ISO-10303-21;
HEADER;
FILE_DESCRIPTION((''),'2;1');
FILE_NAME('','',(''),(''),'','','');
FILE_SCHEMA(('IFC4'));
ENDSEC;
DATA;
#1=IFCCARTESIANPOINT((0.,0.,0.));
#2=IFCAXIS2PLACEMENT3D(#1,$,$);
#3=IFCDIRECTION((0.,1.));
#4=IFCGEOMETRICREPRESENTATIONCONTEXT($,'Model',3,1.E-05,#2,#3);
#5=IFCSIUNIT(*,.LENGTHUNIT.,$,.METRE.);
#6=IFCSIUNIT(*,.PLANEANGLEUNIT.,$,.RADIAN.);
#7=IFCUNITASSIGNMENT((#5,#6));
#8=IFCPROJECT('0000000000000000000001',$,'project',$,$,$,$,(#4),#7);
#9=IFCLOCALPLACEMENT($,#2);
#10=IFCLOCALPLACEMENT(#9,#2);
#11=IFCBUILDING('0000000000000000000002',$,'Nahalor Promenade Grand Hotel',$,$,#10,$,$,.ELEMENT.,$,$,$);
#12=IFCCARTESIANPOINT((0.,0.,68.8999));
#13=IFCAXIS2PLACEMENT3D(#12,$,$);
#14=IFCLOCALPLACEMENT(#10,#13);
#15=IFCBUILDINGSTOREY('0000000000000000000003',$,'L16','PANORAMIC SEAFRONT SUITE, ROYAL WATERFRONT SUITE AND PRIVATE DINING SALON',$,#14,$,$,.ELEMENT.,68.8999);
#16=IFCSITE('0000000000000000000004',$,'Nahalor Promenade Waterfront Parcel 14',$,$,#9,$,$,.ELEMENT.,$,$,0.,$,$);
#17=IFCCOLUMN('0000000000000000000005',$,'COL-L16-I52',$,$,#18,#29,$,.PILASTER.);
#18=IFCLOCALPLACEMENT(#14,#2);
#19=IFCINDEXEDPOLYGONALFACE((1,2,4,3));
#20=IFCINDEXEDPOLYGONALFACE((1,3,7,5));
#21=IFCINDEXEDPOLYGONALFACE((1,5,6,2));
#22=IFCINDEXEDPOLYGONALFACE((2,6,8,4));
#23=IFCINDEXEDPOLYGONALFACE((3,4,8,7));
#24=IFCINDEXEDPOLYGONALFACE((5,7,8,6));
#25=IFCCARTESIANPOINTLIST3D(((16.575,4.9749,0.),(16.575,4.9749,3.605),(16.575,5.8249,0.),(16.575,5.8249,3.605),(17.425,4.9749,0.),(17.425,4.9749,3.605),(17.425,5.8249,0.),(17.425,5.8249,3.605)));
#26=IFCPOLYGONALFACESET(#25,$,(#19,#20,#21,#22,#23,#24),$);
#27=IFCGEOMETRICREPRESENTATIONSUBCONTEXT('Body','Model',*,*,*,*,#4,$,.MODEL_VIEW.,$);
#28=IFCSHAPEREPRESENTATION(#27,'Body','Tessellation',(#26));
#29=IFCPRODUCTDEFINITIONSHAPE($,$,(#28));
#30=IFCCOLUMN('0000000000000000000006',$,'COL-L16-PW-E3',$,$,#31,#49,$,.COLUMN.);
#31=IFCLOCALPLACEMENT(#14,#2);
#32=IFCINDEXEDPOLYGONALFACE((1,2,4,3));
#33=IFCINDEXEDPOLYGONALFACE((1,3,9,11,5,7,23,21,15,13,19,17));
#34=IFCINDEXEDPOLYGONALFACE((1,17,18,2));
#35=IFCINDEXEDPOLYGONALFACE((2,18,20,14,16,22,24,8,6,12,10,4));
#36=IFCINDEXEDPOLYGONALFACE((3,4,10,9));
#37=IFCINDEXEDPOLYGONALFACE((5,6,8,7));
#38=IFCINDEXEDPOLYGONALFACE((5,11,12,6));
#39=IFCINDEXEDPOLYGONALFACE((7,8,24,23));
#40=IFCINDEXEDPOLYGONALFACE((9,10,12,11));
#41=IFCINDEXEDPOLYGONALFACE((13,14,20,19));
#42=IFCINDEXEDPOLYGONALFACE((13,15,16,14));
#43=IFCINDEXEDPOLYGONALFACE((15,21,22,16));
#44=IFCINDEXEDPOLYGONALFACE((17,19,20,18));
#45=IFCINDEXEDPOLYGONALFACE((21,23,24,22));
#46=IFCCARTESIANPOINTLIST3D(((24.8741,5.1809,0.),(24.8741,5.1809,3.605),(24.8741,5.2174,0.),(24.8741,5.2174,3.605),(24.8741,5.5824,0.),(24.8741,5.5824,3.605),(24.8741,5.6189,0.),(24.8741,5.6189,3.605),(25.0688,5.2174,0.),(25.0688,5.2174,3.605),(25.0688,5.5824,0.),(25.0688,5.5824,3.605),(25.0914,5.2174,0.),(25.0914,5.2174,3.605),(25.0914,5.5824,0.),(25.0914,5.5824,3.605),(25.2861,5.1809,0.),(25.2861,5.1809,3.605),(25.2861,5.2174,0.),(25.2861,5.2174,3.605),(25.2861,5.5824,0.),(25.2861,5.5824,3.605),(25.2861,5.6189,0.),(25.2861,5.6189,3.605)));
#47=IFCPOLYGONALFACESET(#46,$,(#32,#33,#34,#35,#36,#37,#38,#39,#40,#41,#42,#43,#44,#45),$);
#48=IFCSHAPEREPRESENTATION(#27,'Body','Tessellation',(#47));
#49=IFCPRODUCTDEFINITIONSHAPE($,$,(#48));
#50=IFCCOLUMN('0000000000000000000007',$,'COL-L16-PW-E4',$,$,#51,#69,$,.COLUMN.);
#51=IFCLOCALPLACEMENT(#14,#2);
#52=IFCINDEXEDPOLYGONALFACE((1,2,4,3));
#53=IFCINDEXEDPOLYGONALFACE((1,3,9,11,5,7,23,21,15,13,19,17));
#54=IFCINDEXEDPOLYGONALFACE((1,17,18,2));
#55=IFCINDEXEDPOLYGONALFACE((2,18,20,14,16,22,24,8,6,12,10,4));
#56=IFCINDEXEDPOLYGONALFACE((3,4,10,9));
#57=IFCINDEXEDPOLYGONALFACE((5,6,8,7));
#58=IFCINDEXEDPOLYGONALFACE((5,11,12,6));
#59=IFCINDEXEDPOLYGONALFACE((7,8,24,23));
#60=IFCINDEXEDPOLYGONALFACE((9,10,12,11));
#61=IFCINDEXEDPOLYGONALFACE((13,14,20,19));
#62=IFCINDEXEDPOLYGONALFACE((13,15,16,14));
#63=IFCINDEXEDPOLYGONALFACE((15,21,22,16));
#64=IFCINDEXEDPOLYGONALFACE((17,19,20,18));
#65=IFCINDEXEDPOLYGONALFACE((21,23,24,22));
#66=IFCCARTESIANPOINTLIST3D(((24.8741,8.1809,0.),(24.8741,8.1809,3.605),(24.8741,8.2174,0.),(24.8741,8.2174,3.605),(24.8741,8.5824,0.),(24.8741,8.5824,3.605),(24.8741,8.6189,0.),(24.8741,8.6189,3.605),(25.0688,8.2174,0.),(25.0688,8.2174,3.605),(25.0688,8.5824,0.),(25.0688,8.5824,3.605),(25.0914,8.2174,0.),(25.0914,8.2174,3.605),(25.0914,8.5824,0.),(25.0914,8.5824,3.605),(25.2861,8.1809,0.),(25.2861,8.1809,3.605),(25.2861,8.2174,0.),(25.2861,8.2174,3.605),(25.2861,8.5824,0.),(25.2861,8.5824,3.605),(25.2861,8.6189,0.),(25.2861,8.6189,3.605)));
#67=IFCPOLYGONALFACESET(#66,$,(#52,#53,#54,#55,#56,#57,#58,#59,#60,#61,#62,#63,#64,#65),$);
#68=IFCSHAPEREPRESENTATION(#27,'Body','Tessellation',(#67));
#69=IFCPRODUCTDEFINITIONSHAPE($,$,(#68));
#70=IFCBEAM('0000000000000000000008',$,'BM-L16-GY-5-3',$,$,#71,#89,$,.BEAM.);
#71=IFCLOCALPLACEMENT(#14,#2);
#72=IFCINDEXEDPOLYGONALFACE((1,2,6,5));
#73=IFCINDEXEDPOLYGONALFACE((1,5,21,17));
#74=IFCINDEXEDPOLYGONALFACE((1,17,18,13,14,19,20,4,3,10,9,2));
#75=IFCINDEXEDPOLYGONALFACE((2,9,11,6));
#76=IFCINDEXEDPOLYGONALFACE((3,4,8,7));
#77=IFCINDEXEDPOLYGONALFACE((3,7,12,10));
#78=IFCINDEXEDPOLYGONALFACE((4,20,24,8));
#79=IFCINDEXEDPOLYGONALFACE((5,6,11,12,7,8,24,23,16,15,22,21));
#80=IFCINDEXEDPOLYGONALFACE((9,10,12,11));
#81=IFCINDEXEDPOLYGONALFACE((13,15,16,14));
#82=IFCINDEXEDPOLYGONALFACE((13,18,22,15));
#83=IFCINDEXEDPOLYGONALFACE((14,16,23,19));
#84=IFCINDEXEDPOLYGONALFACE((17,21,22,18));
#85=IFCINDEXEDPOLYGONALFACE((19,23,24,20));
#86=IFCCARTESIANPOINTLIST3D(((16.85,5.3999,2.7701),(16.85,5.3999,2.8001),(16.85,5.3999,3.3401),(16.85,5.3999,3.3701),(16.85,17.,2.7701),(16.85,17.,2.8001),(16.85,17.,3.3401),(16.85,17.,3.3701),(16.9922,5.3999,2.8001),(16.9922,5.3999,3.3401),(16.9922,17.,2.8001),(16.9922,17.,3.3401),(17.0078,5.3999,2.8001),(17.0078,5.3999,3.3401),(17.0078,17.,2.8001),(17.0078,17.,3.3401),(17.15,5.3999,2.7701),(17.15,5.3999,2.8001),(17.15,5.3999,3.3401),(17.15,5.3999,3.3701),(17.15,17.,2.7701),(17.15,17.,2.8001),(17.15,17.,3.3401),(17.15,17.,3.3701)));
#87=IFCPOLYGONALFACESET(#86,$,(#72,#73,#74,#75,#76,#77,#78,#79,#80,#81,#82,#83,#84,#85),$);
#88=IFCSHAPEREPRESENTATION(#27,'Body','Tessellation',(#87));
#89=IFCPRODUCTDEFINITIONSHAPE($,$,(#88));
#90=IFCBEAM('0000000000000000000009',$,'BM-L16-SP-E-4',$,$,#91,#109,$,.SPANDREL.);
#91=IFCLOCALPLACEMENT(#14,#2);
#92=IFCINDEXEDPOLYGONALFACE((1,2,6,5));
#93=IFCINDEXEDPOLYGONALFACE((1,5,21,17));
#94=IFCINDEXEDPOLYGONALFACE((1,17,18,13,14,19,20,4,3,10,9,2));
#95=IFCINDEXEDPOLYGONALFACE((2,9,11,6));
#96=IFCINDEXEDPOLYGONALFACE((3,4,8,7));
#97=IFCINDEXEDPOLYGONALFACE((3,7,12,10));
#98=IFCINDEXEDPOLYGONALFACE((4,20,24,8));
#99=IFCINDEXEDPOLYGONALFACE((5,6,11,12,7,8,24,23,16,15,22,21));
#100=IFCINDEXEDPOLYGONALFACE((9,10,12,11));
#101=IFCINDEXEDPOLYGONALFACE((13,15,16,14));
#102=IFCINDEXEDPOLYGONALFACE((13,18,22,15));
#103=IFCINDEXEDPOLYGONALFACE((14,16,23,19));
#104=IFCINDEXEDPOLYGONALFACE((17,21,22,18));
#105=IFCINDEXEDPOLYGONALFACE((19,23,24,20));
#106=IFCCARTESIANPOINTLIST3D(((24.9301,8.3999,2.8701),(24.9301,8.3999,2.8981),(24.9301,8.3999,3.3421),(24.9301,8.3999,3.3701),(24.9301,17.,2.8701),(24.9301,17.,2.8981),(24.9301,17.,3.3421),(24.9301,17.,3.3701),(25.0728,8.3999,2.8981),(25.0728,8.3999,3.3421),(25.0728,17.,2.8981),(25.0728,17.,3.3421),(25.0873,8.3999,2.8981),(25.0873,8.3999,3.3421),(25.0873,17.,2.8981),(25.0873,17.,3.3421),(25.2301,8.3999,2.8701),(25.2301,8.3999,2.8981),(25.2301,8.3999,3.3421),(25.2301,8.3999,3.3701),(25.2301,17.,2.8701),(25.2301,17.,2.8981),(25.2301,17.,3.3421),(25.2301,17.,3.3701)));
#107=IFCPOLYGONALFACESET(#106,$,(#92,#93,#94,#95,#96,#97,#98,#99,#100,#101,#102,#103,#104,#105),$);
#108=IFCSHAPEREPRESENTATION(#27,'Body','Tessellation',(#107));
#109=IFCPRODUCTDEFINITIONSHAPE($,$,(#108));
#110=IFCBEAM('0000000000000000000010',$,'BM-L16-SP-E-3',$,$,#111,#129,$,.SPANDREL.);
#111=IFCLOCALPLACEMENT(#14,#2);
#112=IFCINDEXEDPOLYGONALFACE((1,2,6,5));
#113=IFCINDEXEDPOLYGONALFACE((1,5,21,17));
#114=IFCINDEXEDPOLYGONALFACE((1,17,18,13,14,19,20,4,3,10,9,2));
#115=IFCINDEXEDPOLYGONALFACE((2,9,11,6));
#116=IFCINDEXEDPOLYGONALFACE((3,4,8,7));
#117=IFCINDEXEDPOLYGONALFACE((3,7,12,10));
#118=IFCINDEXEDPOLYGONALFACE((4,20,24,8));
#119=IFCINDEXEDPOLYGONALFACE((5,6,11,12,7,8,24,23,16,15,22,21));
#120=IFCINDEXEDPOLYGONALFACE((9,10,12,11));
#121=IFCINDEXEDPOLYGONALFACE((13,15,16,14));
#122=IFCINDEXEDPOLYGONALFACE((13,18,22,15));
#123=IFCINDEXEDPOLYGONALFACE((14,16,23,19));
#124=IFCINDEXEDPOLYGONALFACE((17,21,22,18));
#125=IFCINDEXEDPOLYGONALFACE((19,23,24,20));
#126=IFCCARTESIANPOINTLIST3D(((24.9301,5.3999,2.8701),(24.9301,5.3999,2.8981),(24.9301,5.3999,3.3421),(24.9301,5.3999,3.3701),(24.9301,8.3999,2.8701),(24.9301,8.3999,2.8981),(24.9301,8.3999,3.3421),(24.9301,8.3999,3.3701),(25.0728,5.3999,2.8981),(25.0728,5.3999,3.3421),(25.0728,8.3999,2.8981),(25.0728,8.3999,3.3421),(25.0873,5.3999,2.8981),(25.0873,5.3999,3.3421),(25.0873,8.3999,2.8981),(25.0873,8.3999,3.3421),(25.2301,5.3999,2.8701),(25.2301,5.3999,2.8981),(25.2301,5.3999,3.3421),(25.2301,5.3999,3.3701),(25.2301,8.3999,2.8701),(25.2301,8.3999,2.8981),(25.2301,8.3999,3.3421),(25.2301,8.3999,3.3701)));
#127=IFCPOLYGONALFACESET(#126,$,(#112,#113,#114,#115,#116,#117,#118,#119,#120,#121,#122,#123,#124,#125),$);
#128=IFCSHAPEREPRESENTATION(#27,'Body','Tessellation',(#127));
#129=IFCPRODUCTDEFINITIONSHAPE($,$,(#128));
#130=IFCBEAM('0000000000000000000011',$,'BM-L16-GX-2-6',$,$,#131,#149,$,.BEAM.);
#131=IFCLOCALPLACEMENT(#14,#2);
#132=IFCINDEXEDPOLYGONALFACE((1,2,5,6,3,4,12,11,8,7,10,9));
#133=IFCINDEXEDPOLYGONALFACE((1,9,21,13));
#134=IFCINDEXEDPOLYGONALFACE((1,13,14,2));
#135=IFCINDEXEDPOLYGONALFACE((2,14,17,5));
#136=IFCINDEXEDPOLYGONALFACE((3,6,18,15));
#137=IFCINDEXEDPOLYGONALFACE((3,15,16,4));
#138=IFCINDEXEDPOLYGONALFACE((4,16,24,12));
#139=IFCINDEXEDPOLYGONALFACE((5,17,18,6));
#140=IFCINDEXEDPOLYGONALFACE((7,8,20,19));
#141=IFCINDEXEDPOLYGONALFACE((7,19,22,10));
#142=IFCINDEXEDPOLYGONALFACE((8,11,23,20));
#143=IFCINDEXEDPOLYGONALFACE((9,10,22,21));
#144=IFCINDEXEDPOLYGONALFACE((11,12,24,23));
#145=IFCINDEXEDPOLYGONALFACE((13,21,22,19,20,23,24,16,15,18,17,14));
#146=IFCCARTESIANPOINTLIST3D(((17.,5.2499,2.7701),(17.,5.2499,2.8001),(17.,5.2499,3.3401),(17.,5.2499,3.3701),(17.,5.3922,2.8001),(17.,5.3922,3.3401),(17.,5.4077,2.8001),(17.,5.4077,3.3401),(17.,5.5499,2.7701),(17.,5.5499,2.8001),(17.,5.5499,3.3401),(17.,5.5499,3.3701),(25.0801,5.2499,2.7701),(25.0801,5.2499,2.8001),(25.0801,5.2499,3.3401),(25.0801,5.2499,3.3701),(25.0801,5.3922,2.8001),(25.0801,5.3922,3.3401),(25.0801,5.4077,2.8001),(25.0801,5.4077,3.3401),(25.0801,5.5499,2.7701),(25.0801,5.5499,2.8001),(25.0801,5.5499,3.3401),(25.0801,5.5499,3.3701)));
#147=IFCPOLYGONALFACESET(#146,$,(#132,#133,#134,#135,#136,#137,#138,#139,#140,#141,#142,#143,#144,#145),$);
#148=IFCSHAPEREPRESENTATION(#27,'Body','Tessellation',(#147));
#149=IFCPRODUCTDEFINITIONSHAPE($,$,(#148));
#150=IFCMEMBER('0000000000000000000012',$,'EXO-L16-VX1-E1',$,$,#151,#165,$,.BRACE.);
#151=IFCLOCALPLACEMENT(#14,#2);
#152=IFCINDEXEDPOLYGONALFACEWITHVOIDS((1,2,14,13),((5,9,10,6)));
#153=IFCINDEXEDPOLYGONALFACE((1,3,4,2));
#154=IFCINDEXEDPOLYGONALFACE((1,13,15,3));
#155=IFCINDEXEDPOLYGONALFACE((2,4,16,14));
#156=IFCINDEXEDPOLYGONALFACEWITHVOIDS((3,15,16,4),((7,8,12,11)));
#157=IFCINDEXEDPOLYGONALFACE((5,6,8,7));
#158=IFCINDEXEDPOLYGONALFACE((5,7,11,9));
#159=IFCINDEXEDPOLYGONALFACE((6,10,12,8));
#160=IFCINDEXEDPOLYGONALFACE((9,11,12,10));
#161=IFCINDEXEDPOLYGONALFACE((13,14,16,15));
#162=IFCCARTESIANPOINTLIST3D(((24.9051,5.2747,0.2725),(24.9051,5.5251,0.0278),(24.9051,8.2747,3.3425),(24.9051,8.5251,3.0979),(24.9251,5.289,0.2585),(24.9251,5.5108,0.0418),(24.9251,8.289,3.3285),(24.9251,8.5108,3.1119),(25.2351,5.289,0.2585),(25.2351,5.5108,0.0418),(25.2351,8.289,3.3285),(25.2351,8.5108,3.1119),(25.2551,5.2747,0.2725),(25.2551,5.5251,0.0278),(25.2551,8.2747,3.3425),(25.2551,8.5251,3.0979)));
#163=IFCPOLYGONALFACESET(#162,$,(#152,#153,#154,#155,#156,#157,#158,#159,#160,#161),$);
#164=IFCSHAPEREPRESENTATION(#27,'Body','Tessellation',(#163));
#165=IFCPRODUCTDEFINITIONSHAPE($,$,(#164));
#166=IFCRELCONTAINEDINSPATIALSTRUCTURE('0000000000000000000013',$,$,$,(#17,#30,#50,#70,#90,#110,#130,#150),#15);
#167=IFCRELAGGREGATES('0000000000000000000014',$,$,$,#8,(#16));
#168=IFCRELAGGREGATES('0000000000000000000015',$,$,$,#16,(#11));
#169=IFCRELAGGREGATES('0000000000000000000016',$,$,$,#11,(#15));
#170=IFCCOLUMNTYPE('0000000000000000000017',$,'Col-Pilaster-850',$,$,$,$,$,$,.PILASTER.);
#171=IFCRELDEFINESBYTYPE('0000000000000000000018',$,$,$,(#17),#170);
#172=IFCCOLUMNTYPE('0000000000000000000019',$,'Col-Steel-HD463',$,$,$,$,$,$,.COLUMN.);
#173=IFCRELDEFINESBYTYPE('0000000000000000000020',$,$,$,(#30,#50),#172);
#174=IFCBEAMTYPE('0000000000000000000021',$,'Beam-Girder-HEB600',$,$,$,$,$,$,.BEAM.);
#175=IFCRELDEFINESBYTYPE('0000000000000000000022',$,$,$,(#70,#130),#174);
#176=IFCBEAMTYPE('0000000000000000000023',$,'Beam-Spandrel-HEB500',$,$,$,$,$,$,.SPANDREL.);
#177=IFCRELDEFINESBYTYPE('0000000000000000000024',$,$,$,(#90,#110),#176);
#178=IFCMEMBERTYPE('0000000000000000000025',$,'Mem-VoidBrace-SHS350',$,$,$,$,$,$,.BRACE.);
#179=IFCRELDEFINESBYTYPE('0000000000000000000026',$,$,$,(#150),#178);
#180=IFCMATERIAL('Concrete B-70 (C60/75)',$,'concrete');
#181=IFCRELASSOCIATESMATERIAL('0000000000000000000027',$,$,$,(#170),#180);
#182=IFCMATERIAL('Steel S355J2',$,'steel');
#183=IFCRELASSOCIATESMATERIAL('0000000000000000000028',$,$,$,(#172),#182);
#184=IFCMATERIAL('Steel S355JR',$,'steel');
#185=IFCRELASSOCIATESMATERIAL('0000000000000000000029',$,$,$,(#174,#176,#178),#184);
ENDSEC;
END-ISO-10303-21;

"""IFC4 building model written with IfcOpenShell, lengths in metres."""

from ifc_helpers import new_model, si_unit, direction, frame, origin, origin_2d, place, context, subcontext, project, spatial, rectangle, hollow_rectangle, i_section, extrude, source, transform, mapped, material, material_profile, profile_set, type_object, element, save


model = new_model("IFC4")

# Units and contexts
model_context = context("Model", 3, precision=1e-05, world=origin(), true_north=direction((0.0, 1.0)))
body_context = subcontext(model_context, "Body", "Model", "MODEL_VIEW")
ifc_project = project(units=[si_unit("LENGTHUNIT", "METRE"), si_unit("PLANEANGLEUNIT", "RADIAN")], contexts=[model_context])

# Site, building, storey
site_placement = place(None, origin())
site = spatial("IfcSite", under=ifc_project, at=site_placement, Name="Nahalor Promenade Waterfront Parcel 14", CompositionType="ELEMENT", RefElevation=0.0)
building_placement = place(site_placement, origin())
building = spatial("IfcBuilding", under=site, at=building_placement, Name="Nahalor Promenade Grand Hotel", CompositionType="ELEMENT")
storey_placement = place(building_placement, frame((0.0, 0.0, 68.8999)))
storey = spatial("IfcBuildingStorey", under=building, at=storey_placement, Name="L16", Description="PANORAMIC SEAFRONT SUITE, ROYAL WATERFRONT SUITE AND PRIVATE DINING SALON", CompositionType="ELEMENT", Elevation=68.8999)

# Columns
ifc_material_1 = material(Name="Concrete B-70 (C60/75)", Category="concrete")
ifc_material_profile_1 = material_profile(ifc_material_1, rectangle(XDim=0.85, YDim=0.85, at=origin_2d()), Name="RC 850x850")
ifc_profile_set_1 = profile_set([ifc_material_profile_1], Name="Concrete B-70 (C60/75)")
column_type_1 = type_object("IfcColumnType", Name="Col-Pilaster-850", PredefinedType="PILASTER", material=ifc_profile_set_1)
shared_shape_1 = source(origin(), body_context, "Body", "SweptSolid", [
    extrude(rectangle(XDim=0.85, YDim=0.85, at=origin_2d()), origin(), (0.0, 0.0, 1.0), 3.605),
])
column_placement = place(storey_placement, frame((17.0, 5.3999, 0.0), z_axis=(0.0, 0.0, 1.0), x_axis=(1.0, 0.0, 0.0)))
element("IfcColumn", 1, at=column_placement, inside=storey, type_object=column_type_1, Name="COL-L16-I52", PredefinedType="PILASTER", context=body_context, shape_type="MappedRepresentation", body=[
    mapped(shared_shape_1, transform((0.0, 0.0, 0.0), scale=1.0)),
])
ifc_material_2 = material(Name="Steel S355J2", Category="steel")
ifc_material_profile_2 = material_profile(ifc_material_2, i_section(OverallWidth=0.412, OverallDepth=0.438, WebThickness=0.0226, FlangeThickness=0.0365, at=origin_2d()), Name="HD 400x463")
ifc_profile_set_2 = profile_set([ifc_material_profile_2], Name="Steel S355J2")
column_type_2 = type_object("IfcColumnType", Name="Col-Steel-HD463", PredefinedType="COLUMN", material=ifc_profile_set_2)
shared_shape_2 = source(origin(), body_context, "Body", "SweptSolid", [
    extrude(i_section(OverallWidth=0.412, OverallDepth=0.438, WebThickness=0.0226, FlangeThickness=0.0365, at=origin_2d()), origin(), (0.0, 0.0, 1.0), 3.605),
])
for number, where, z_axis, x_axis, name in (
    (2, (25.0801, 5.3999, 0.0), (0.0, 0.0, 1.0), (1.0, 0.0, 0.0), "COL-L16-PW-E3"),
    (3, (25.0801, 8.3999, 0.0), (0.0, 0.0, 1.0), (1.0, 0.0, 0.0), "COL-L16-PW-E4"),
):
    element("IfcColumn", number, at=place(storey_placement, frame(where, z_axis=z_axis, x_axis=x_axis)), inside=storey, type_object=column_type_2, Name=name, PredefinedType="COLUMN", context=body_context, shape_type="MappedRepresentation", body=[
        mapped(shared_shape_2, transform((0.0, 0.0, 0.0), scale=1.0)),
    ])

# Beams
ifc_material_3 = material(Name="Steel S355JR", Category="steel")
ifc_material_profile_3 = material_profile(ifc_material_3, i_section(OverallWidth=0.3, OverallDepth=0.6, WebThickness=0.0155, FlangeThickness=0.03, at=origin_2d()), Name="HEB 600")
ifc_profile_set_3 = profile_set([ifc_material_profile_3], Name="Steel S355JR")
beam_type_1 = type_object("IfcBeamType", Name="Beam-Girder-HEB600", PredefinedType="BEAM", material=ifc_profile_set_3)
shared_shape_3 = source(origin(), body_context, "Body", "SweptSolid", [
    extrude(i_section(OverallWidth=0.3, OverallDepth=0.6, WebThickness=0.0155, FlangeThickness=0.03, at=origin_2d()), origin(), (0.0, 0.0, 1.0), 11.6001),
])
beam_1_placement = place(storey_placement, frame((17.0, 5.3999, 3.0701), z_axis=(0.0, 1.0, 0.0), x_axis=(-1.0, 0.0, 0.0)))
element("IfcBeam", 4, at=beam_1_placement, inside=storey, type_object=beam_type_1, Name="BM-L16-GY-5-3", PredefinedType="BEAM", context=body_context, shape_type="MappedRepresentation", body=[
    mapped(shared_shape_3, transform((0.0, 0.0, 0.0), scale=1.0)),
])
ifc_material_profile_4 = material_profile(ifc_material_3, i_section(OverallWidth=0.3, OverallDepth=0.5, WebThickness=0.0145, FlangeThickness=0.028, at=origin_2d()), Name="HEB 500")
ifc_profile_set_4 = profile_set([ifc_material_profile_4], Name="Steel S355JR")
beam_type_2 = type_object("IfcBeamType", Name="Beam-Spandrel-HEB500", PredefinedType="SPANDREL", material=ifc_profile_set_4)
shared_shape_4 = source(origin(), body_context, "Body", "SweptSolid", [
    extrude(i_section(OverallWidth=0.3, OverallDepth=0.5, WebThickness=0.0145, FlangeThickness=0.028, at=origin_2d()), origin(), (0.0, 0.0, 1.0), 8.6001),
])
beam_2_placement = place(storey_placement, frame((25.0801, 8.3999, 3.1201), z_axis=(0.0, 1.0, 0.0), x_axis=(-1.0, 0.0, 0.0)))
element("IfcBeam", 5, at=beam_2_placement, inside=storey, type_object=beam_type_2, Name="BM-L16-SP-E-4", PredefinedType="SPANDREL", context=body_context, shape_type="MappedRepresentation", body=[
    mapped(shared_shape_4, transform((0.0, 0.0, 0.0), scale=1.0)),
])
shared_shape_5 = source(origin(), body_context, "Body", "SweptSolid", [
    extrude(i_section(OverallWidth=0.3, OverallDepth=0.5, WebThickness=0.0145, FlangeThickness=0.028, at=origin_2d()), origin(), (0.0, 0.0, 1.0), 3.0),
])
beam_3_placement = place(storey_placement, frame((25.0801, 5.3999, 3.1201), z_axis=(0.0, 1.0, 0.0), x_axis=(-1.0, 0.0, 0.0)))
element("IfcBeam", 6, at=beam_3_placement, inside=storey, type_object=beam_type_2, Name="BM-L16-SP-E-3", PredefinedType="SPANDREL", context=body_context, shape_type="MappedRepresentation", body=[
    mapped(shared_shape_5, transform((0.0, 0.0, 0.0), scale=1.0)),
])
shared_shape_6 = source(origin(), body_context, "Body", "SweptSolid", [
    extrude(i_section(OverallWidth=0.3, OverallDepth=0.6, WebThickness=0.0155, FlangeThickness=0.03, at=origin_2d()), origin(), (0.0, 0.0, 1.0), 8.0801),
])
beam_4_placement = place(storey_placement, frame((17.0, 5.3999, 3.0701), z_axis=(1.0, 0.0, 0.0), x_axis=(0.0, 1.0, 0.0)))
element("IfcBeam", 7, at=beam_4_placement, inside=storey, type_object=beam_type_1, Name="BM-L16-GX-2-6", PredefinedType="BEAM", context=body_context, shape_type="MappedRepresentation", body=[
    mapped(shared_shape_6, transform((0.0, 0.0, 0.0), scale=1.0)),
])

# Member
ifc_material_profile_5 = material_profile(ifc_material_3, hollow_rectangle(XDim=0.35, YDim=0.35, WallThickness=0.02, at=origin_2d()), Name="SHS 350x350x20")
ifc_profile_set_5 = profile_set([ifc_material_profile_5], Name="Steel S355JR")
member_type_1 = type_object("IfcMemberType", Name="Mem-VoidBrace-SHS350", PredefinedType="BRACE", material=ifc_profile_set_5)
shared_shape_7 = source(origin(), body_context, "Body", "SweptSolid", [
    extrude(hollow_rectangle(XDim=0.35, YDim=0.35, WallThickness=0.02, at=origin_2d()), origin(), (0.0, 0.0, 1.0), 4.2925),
])
member_1_placement = place(storey_placement, frame((25.0801, 5.3999, 0.1501), z_axis=(0.0, 0.698898, 0.715221), x_axis=(-1.0, 0.0, 0.0)))
element("IfcMember", 8, at=member_1_placement, inside=storey, type_object=member_type_1, Name="EXO-L16-VX1-E1", PredefinedType="BRACE", context=body_context, shape_type="MappedRepresentation", body=[
    mapped(shared_shape_7, transform((0.0, 0.0, 0.0), scale=1.0)),
])

save(model, "model.ifc")
